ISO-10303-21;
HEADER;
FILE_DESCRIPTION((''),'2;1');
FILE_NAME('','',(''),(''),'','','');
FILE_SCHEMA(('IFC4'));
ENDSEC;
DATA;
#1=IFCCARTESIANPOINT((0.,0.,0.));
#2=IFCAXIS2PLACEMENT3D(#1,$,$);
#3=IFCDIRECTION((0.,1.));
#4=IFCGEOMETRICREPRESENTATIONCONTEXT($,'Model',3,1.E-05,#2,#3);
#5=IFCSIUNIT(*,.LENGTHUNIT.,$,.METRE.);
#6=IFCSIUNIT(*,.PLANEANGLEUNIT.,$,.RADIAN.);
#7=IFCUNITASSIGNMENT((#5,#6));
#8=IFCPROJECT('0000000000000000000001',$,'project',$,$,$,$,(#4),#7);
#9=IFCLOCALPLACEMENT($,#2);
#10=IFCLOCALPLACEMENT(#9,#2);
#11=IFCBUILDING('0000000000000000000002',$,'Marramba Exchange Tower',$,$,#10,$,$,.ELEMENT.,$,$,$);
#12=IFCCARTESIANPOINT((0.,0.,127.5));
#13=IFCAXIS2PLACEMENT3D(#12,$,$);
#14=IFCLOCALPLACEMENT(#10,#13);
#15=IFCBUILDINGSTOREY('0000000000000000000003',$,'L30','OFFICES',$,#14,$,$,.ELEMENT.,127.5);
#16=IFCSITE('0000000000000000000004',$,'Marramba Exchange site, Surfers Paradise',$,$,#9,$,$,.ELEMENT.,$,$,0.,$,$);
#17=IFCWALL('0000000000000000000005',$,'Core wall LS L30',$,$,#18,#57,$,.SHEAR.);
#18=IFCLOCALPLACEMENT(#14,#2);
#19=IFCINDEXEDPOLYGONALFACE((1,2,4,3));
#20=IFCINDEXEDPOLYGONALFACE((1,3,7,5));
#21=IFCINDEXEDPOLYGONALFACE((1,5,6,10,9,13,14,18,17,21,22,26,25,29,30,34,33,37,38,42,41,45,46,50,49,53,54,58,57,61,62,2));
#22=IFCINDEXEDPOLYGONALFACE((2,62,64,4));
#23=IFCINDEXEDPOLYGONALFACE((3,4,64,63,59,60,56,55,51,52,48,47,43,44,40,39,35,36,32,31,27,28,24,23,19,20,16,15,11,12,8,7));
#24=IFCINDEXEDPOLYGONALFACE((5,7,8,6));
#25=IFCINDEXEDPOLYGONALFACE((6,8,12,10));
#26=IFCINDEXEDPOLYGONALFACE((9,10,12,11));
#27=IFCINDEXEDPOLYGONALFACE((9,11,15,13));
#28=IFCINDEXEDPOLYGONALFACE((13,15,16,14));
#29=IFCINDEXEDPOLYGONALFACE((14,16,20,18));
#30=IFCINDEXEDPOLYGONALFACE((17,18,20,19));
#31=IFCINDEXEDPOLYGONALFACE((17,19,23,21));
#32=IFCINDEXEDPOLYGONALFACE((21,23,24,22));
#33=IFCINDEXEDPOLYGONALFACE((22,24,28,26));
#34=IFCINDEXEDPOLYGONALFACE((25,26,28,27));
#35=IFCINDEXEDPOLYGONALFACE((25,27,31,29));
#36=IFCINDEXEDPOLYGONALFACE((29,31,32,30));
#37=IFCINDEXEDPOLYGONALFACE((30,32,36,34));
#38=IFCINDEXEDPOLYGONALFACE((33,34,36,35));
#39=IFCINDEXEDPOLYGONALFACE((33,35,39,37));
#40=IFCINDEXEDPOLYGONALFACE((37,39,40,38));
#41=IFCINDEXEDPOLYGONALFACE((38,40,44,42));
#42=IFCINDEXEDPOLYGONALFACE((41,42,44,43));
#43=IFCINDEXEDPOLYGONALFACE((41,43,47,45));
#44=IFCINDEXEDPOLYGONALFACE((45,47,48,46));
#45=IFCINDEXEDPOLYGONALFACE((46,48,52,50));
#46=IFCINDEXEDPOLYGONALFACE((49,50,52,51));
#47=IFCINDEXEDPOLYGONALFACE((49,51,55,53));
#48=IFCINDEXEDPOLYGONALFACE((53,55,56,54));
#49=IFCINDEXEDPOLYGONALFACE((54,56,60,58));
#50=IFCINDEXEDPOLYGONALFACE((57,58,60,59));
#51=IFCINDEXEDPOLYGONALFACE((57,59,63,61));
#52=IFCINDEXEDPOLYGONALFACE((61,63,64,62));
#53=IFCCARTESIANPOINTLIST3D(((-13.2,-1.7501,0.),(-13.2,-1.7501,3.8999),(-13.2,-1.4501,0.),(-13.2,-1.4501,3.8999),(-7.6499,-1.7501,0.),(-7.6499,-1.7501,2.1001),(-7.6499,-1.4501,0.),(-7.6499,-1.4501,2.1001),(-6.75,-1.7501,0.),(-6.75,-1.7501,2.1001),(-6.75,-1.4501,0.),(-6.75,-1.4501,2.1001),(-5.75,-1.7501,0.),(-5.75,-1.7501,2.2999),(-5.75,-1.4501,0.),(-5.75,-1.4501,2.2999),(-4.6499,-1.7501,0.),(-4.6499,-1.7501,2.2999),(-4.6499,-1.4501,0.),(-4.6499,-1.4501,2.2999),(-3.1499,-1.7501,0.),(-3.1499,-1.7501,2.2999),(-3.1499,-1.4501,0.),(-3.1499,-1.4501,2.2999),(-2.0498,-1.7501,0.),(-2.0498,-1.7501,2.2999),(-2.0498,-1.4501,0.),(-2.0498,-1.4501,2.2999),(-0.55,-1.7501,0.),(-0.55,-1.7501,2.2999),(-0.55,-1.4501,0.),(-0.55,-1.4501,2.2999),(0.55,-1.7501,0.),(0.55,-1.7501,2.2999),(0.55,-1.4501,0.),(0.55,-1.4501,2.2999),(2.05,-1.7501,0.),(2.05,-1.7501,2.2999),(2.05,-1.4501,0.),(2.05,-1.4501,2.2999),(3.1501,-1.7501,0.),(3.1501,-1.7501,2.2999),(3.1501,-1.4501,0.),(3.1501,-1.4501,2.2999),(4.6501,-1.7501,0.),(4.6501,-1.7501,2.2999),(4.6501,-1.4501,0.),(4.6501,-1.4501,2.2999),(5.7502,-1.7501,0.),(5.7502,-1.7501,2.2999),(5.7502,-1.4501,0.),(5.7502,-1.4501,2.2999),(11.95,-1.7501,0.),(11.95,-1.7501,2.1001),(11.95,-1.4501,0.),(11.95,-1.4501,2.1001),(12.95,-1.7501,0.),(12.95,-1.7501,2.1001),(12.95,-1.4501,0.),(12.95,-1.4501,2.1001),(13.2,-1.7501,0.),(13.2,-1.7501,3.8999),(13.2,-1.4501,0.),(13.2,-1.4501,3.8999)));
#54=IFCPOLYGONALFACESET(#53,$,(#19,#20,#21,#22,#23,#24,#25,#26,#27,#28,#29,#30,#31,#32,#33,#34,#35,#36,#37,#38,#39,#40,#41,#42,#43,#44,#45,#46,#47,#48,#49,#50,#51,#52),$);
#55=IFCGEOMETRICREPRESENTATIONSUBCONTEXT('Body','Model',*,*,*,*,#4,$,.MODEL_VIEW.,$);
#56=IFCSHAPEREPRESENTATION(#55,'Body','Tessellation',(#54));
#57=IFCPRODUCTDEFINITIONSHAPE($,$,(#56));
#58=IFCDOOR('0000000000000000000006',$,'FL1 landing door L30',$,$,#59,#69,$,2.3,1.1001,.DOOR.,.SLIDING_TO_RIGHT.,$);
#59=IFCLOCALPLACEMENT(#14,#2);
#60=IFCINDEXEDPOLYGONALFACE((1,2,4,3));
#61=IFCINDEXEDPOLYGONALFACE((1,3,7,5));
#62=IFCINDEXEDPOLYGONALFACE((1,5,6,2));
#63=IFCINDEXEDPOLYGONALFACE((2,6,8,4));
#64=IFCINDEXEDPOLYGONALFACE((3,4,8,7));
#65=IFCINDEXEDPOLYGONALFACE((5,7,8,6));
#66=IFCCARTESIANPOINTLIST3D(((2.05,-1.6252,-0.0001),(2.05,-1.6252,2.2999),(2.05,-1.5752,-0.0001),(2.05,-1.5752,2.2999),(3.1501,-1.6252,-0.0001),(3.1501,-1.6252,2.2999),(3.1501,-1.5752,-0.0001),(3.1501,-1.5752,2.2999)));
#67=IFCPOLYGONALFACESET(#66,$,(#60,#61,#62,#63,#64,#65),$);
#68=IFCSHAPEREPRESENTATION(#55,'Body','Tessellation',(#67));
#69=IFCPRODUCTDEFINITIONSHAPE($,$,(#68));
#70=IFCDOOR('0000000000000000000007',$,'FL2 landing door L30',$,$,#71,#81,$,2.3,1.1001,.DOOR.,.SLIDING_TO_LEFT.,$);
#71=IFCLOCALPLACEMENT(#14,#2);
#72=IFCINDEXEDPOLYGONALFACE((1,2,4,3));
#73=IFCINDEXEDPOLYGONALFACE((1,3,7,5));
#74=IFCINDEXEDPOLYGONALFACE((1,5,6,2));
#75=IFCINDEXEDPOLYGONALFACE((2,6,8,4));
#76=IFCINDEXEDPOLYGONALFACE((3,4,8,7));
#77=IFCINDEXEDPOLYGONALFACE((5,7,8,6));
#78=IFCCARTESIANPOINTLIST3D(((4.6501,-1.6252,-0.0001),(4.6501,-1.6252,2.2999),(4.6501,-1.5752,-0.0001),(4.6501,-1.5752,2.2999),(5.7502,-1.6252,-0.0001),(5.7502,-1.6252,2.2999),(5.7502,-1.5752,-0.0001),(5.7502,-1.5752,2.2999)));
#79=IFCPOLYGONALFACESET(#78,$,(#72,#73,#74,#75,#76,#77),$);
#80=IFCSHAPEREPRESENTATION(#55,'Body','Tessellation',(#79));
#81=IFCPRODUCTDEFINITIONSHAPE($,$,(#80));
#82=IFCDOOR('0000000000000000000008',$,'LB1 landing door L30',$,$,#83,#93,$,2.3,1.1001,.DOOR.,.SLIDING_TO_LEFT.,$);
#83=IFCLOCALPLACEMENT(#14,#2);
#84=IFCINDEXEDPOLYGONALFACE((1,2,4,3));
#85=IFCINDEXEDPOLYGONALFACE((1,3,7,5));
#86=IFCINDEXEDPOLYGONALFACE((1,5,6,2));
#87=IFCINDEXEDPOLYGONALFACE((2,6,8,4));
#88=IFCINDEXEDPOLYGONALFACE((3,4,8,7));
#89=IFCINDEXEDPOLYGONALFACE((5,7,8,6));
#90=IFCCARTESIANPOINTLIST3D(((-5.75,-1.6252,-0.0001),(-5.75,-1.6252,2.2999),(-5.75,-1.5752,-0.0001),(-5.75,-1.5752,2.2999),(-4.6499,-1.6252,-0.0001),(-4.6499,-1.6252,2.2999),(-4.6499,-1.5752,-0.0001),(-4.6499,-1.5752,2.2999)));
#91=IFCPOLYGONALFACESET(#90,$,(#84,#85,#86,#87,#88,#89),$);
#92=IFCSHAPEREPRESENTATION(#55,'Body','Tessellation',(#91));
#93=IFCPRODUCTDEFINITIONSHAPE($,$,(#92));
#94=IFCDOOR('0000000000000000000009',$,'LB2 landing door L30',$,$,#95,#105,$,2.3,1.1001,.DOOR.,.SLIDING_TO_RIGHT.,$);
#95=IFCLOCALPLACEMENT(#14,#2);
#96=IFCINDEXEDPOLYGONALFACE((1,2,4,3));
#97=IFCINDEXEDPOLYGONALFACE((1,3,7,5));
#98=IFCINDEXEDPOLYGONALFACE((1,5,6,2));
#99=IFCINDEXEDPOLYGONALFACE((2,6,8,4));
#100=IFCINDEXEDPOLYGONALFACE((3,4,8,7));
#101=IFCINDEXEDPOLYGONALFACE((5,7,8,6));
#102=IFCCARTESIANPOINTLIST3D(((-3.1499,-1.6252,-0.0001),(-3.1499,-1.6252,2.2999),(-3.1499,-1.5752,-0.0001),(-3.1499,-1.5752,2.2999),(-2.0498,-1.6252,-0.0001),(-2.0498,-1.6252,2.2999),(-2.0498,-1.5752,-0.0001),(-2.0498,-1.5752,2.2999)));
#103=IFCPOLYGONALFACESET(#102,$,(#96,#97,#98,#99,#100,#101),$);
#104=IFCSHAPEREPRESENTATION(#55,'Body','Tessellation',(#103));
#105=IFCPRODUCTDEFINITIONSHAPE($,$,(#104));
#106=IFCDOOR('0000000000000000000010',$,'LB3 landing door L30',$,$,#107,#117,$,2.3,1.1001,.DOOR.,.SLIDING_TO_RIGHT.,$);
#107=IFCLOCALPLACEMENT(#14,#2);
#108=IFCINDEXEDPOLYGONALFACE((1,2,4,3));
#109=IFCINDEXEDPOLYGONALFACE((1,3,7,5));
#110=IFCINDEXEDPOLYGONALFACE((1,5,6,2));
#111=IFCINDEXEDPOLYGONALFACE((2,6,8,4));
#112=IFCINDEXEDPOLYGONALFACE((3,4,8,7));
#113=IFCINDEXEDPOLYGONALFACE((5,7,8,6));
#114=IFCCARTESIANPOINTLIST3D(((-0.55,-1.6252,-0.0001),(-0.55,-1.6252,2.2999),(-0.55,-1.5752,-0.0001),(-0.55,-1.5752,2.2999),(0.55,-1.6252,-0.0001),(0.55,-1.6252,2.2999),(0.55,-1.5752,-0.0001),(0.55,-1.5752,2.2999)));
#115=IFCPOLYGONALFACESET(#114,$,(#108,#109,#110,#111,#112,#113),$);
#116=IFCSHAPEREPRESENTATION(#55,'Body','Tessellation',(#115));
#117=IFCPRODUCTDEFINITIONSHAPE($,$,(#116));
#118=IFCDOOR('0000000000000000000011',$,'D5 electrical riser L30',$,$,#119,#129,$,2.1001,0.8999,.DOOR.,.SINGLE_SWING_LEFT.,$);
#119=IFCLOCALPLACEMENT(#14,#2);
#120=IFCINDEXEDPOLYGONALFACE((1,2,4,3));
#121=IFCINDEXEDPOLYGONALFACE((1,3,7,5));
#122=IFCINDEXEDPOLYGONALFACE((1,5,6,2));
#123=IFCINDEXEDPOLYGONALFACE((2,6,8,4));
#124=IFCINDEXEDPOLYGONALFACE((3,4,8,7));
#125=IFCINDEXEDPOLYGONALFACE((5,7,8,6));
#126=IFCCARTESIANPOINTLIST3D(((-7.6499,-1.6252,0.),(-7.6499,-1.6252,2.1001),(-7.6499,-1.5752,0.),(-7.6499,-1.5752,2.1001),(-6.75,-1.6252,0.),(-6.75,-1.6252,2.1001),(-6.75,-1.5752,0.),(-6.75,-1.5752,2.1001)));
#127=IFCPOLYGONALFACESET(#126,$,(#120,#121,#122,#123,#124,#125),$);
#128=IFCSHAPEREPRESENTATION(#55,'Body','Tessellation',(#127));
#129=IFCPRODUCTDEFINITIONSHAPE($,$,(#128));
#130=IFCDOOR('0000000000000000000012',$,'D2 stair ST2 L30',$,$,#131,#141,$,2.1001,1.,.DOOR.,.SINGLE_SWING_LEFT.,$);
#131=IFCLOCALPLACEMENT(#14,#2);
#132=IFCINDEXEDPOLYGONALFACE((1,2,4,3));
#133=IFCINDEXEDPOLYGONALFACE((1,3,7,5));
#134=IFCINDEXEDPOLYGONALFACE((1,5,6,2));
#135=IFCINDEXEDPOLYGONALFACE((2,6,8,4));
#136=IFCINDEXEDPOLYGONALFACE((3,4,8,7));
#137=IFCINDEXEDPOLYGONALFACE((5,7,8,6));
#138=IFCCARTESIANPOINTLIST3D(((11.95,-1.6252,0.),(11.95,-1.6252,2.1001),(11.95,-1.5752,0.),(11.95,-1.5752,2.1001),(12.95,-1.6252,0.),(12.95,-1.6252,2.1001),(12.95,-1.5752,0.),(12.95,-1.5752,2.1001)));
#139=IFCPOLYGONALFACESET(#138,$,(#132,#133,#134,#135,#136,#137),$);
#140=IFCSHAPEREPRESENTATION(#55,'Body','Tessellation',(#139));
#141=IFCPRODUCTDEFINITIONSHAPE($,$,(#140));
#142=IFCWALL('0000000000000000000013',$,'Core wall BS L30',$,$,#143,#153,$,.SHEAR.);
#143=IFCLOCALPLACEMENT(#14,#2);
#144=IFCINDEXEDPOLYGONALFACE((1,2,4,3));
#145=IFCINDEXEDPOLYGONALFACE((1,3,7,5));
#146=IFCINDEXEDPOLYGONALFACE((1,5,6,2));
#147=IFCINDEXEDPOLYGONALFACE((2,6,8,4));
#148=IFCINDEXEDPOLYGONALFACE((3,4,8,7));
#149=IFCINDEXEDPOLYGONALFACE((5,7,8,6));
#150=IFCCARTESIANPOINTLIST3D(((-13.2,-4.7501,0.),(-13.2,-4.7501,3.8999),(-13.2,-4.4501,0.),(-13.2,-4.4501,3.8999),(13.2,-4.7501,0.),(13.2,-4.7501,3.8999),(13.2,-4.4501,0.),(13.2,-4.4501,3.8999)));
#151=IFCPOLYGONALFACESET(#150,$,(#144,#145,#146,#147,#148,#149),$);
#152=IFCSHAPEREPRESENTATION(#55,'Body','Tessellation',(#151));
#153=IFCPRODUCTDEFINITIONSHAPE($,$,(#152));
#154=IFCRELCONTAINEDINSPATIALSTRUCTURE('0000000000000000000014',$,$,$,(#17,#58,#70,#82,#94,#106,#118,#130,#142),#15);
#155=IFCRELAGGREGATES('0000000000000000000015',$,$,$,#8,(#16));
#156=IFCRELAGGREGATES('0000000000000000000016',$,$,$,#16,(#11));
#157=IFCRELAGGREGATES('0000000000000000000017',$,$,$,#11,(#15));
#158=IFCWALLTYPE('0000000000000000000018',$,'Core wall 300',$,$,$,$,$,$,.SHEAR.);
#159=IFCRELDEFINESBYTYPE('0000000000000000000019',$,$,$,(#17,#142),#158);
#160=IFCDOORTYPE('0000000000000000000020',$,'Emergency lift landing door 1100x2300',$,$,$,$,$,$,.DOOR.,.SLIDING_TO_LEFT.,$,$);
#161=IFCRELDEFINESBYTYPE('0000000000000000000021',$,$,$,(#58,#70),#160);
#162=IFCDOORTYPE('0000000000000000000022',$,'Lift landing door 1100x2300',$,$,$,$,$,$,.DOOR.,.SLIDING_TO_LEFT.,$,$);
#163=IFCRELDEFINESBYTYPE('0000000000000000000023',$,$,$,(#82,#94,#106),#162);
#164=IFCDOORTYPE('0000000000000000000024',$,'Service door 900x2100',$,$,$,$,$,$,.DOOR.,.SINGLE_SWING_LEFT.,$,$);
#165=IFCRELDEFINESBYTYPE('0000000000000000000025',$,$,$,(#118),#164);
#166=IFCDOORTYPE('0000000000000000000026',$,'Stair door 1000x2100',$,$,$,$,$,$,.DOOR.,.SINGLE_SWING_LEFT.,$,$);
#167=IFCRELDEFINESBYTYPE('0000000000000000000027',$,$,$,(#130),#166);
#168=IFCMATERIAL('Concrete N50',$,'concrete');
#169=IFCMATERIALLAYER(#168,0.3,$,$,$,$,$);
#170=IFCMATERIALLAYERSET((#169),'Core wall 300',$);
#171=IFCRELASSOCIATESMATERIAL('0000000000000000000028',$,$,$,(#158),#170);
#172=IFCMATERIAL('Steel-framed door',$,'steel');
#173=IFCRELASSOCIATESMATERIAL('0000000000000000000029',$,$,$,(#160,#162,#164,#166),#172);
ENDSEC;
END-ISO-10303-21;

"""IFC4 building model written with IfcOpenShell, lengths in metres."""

from ifc_helpers import new_model, si_unit, direction, frame, frame_2d, origin, place, context, subcontext, project, spatial, rectangle, extrude, material, layer, layer_set, type_object, element, fill, save


model = new_model("IFC4")

# Units and contexts
model_context = context("Model", 3, precision=1e-05, world=origin(), true_north=direction((0.0, 1.0)))
body_context = subcontext(model_context, "Body", "Model", "MODEL_VIEW")
ifc_project = project(units=[si_unit("LENGTHUNIT", "METRE"), si_unit("PLANEANGLEUNIT", "RADIAN")], contexts=[model_context])

# Site, building, storey
site_placement = place(None, origin())
site = spatial("IfcSite", under=ifc_project, at=site_placement, Name="Marramba Exchange site, Surfers Paradise", CompositionType="ELEMENT", RefElevation=0.0)
building_placement = place(site_placement, origin())
building = spatial("IfcBuilding", under=site, at=building_placement, Name="Marramba Exchange Tower", CompositionType="ELEMENT")
storey_placement = place(building_placement, frame((0.0, 0.0, 127.5)))
storey = spatial("IfcBuildingStorey", under=building, at=storey_placement, Name="L30", Description="OFFICES", CompositionType="ELEMENT", Elevation=127.5)

# Shared definitions
ifc_material_1 = material(Name="Concrete N50", Category="concrete")

# Wall, openings, doors
ifc_layer_1 = layer(ifc_material_1, 0.3)
ifc_layer_set_1 = layer_set([ifc_layer_1], Name="Core wall 300")
wall_type_1 = type_object("IfcWallType", Name="Core wall 300", PredefinedType="SHEAR", material=ifc_layer_set_1)
wall_1_placement = place(storey_placement, frame((-13.2, -1.6001, 0.0), z_axis=(0.0, 0.0, 1.0), x_axis=(1.0, 0.0, 0.0)))
wall_1 = element("IfcWall", 1, at=wall_1_placement, inside=storey, type_object=wall_type_1, Name="Core wall LS L30", PredefinedType="SHEAR", context=body_context, shape_type="SweptSolid", body=[
    extrude(rectangle(XDim=26.3999, YDim=0.3, at=frame_2d((13.2, 0.0))), origin(), (0.0, 0.0, 1.0), 3.8999),
])
opening_1_placement = place(wall_1_placement, frame((25.1499, 0.0, 0.0)))
opening_1 = element("IfcOpeningElement", 2, at=opening_1_placement, cuts=wall_1, PredefinedType="OPENING", context=body_context, shape_type="SweptSolid", body=[
    extrude(rectangle(XDim=1.0, YDim=2.1001, at=frame_2d((0.5, 1.05))), frame((0.0, 0.1599, 0.0), z_axis=(0.0, -1.0, 0.0), x_axis=(1.0, 0.0, 0.0)), (0.0, 0.0, 1.0), 0.3201),
])
opening_2_placement = place(wall_1_placement, frame((7.45, 0.0, 0.0)))
opening_2 = element("IfcOpeningElement", 3, at=opening_2_placement, cuts=wall_1, PredefinedType="OPENING", context=body_context, shape_type="SweptSolid", body=[
    extrude(rectangle(XDim=1.1001, YDim=2.3, at=frame_2d((0.55, 1.1499))), frame((0.0, 0.1599, 0.0), z_axis=(0.0, -1.0, 0.0), x_axis=(1.0, 0.0, 0.0)), (0.0, 0.0, 1.0), 0.3201),
])
opening_3_placement = place(wall_1_placement, frame((10.05, 0.0, 0.0)))
opening_3 = element("IfcOpeningElement", 4, at=opening_3_placement, cuts=wall_1, PredefinedType="OPENING", context=body_context, shape_type="SweptSolid", body=[
    extrude(rectangle(XDim=1.1001, YDim=2.3, at=frame_2d((0.55, 1.1499))), frame((0.0, 0.1599, 0.0), z_axis=(0.0, -1.0, 0.0), x_axis=(1.0, 0.0, 0.0)), (0.0, 0.0, 1.0), 0.3201),
])
opening_4_placement = place(wall_1_placement, frame((12.6499, 0.0, 0.0)))
opening_4 = element("IfcOpeningElement", 5, at=opening_4_placement, cuts=wall_1, PredefinedType="OPENING", context=body_context, shape_type="SweptSolid", body=[
    extrude(rectangle(XDim=1.1001, YDim=2.3, at=frame_2d((0.55, 1.1499))), frame((0.0, 0.1599, 0.0), z_axis=(0.0, -1.0, 0.0), x_axis=(1.0, 0.0, 0.0)), (0.0, 0.0, 1.0), 0.3201),
])
opening_5_placement = place(wall_1_placement, frame((15.25, 0.0, 0.0)))
opening_5 = element("IfcOpeningElement", 6, at=opening_5_placement, cuts=wall_1, PredefinedType="OPENING", context=body_context, shape_type="SweptSolid", body=[
    extrude(rectangle(XDim=1.1001, YDim=2.3, at=frame_2d((0.55, 1.1499))), frame((0.0, 0.1599, 0.0), z_axis=(0.0, -1.0, 0.0), x_axis=(1.0, 0.0, 0.0)), (0.0, 0.0, 1.0), 0.3201),
])
opening_6_placement = place(wall_1_placement, frame((17.8501, 0.0, 0.0)))
opening_6 = element("IfcOpeningElement", 7, at=opening_6_placement, cuts=wall_1, PredefinedType="OPENING", context=body_context, shape_type="SweptSolid", body=[
    extrude(rectangle(XDim=1.1001, YDim=2.3, at=frame_2d((0.55, 1.1499))), frame((0.0, 0.1599, 0.0), z_axis=(0.0, -1.0, 0.0), x_axis=(1.0, 0.0, 0.0)), (0.0, 0.0, 1.0), 0.3201),
])
opening_7_placement = place(wall_1_placement, frame((5.55, 0.0, 0.0)))
opening_7 = element("IfcOpeningElement", 8, at=opening_7_placement, cuts=wall_1, PredefinedType="OPENING", context=body_context, shape_type="SweptSolid", body=[
    extrude(rectangle(XDim=0.8999, YDim=2.1001, at=frame_2d((0.45, 1.05))), frame((0.0, 0.1599, 0.0), z_axis=(0.0, -1.0, 0.0), x_axis=(1.0, 0.0, 0.0)), (0.0, 0.0, 1.0), 0.3201),
])
ifc_material_2 = material(Name="Steel-framed door", Category="steel")
door_type_1 = type_object("IfcDoorType", Name="Emergency lift landing door 1100x2300", OperationType="SLIDING_TO_LEFT", PredefinedType="DOOR", material=ifc_material_2)
door_1_placement = place(opening_5_placement, frame((1.1001, 0.0, 0.0), z_axis=(0.0, 0.0, 1.0), x_axis=(-1.0, 0.0, 0.0)))
door_1 = element("IfcDoor", 9, at=door_1_placement, inside=storey, type_object=door_type_1, Name="FL1 landing door L30", OperationType="SLIDING_TO_RIGHT", OverallHeight=2.3, OverallWidth=1.1001, PredefinedType="DOOR", context=body_context, shape_type="SweptSolid", body=[
    extrude(rectangle(XDim=1.1001, YDim=2.3, at=frame_2d((0.55, 1.1499))), frame((0.0, 0.0251, 0.0), z_axis=(0.0, -1.0, 0.0), x_axis=(1.0, 0.0, 0.0)), (0.0, 0.0, 1.0), 0.05),
])
fill(opening_5, door_1)
door_2_placement = place(opening_6_placement, frame((1.1001, 0.0, 0.0), z_axis=(0.0, 0.0, 1.0), x_axis=(-1.0, 0.0, 0.0)))
door_2 = element("IfcDoor", 10, at=door_2_placement, inside=storey, type_object=door_type_1, Name="FL2 landing door L30", OperationType="SLIDING_TO_LEFT", OverallHeight=2.3, OverallWidth=1.1001, PredefinedType="DOOR", context=body_context, shape_type="SweptSolid", body=[
    extrude(rectangle(XDim=1.1001, YDim=2.3, at=frame_2d((0.55, 1.1499))), frame((0.0, 0.0251, 0.0), z_axis=(0.0, -1.0, 0.0), x_axis=(1.0, 0.0, 0.0)), (0.0, 0.0, 1.0), 0.05),
])
fill(opening_6, door_2)
door_type_2 = type_object("IfcDoorType", Name="Lift landing door 1100x2300", OperationType="SLIDING_TO_LEFT", PredefinedType="DOOR", material=ifc_material_2)
door_3_placement = place(opening_2_placement, frame((1.1001, 0.0, 0.0), z_axis=(0.0, 0.0, 1.0), x_axis=(-1.0, 0.0, 0.0)))
door_3 = element("IfcDoor", 11, at=door_3_placement, inside=storey, type_object=door_type_2, Name="LB1 landing door L30", OperationType="SLIDING_TO_LEFT", OverallHeight=2.3, OverallWidth=1.1001, PredefinedType="DOOR", context=body_context, shape_type="SweptSolid", body=[
    extrude(rectangle(XDim=1.1001, YDim=2.3, at=frame_2d((0.55, 1.1499))), frame((0.0, 0.0251, 0.0), z_axis=(0.0, -1.0, 0.0), x_axis=(1.0, 0.0, 0.0)), (0.0, 0.0, 1.0), 0.05),
])
fill(opening_2, door_3)
door_4_placement = place(opening_3_placement, frame((1.1001, 0.0, 0.0), z_axis=(0.0, 0.0, 1.0), x_axis=(-1.0, 0.0, 0.0)))
door_4 = element("IfcDoor", 12, at=door_4_placement, inside=storey, type_object=door_type_2, Name="LB2 landing door L30", OperationType="SLIDING_TO_RIGHT", OverallHeight=2.3, OverallWidth=1.1001, PredefinedType="DOOR", context=body_context, shape_type="SweptSolid", body=[
    extrude(rectangle(XDim=1.1001, YDim=2.3, at=frame_2d((0.55, 1.1499))), frame((0.0, 0.0251, 0.0), z_axis=(0.0, -1.0, 0.0), x_axis=(1.0, 0.0, 0.0)), (0.0, 0.0, 1.0), 0.05),
])
fill(opening_3, door_4)
door_5_placement = place(opening_4_placement, frame((1.1001, 0.0, 0.0), z_axis=(0.0, 0.0, 1.0), x_axis=(-1.0, 0.0, 0.0)))
door_5 = element("IfcDoor", 13, at=door_5_placement, inside=storey, type_object=door_type_2, Name="LB3 landing door L30", OperationType="SLIDING_TO_RIGHT", OverallHeight=2.3, OverallWidth=1.1001, PredefinedType="DOOR", context=body_context, shape_type="SweptSolid", body=[
    extrude(rectangle(XDim=1.1001, YDim=2.3, at=frame_2d((0.55, 1.1499))), frame((0.0, 0.0251, 0.0), z_axis=(0.0, -1.0, 0.0), x_axis=(1.0, 0.0, 0.0)), (0.0, 0.0, 1.0), 0.05),
])
fill(opening_4, door_5)
door_type_3 = type_object("IfcDoorType", Name="Service door 900x2100", OperationType="SINGLE_SWING_LEFT", PredefinedType="DOOR", material=ifc_material_2)
door_6_placement = place(opening_7_placement, frame((0.8999, 0.0, 0.0), z_axis=(0.0, 0.0, 1.0), x_axis=(-1.0, 0.0, 0.0)))
door_6 = element("IfcDoor", 14, at=door_6_placement, inside=storey, type_object=door_type_3, Name="D5 electrical riser L30", OperationType="SINGLE_SWING_LEFT", OverallHeight=2.1001, OverallWidth=0.8999, PredefinedType="DOOR", context=body_context, shape_type="SweptSolid", body=[
    extrude(rectangle(XDim=0.8999, YDim=2.1001, at=frame_2d((0.45, 1.05))), frame((0.0, 0.0251, 0.0), z_axis=(0.0, -1.0, 0.0), x_axis=(1.0, 0.0, 0.0)), (0.0, 0.0, 1.0), 0.05),
])
fill(opening_7, door_6)
door_type_4 = type_object("IfcDoorType", Name="Stair door 1000x2100", OperationType="SINGLE_SWING_LEFT", PredefinedType="DOOR", material=ifc_material_2)
door_7_placement = place(opening_1_placement, frame((1.0, 0.0, 0.0), z_axis=(0.0, 0.0, 1.0), x_axis=(-1.0, 0.0, 0.0)))
door_7 = element("IfcDoor", 15, at=door_7_placement, inside=storey, type_object=door_type_4, Name="D2 stair ST2 L30", OperationType="SINGLE_SWING_LEFT", OverallHeight=2.1001, OverallWidth=1.0, PredefinedType="DOOR", context=body_context, shape_type="SweptSolid", body=[
    extrude(rectangle(XDim=1.0, YDim=2.1001, at=frame_2d((0.5, 1.05))), frame((0.0, 0.0251, 0.0), z_axis=(0.0, -1.0, 0.0), x_axis=(1.0, 0.0, 0.0)), (0.0, 0.0, 1.0), 0.05),
])
fill(opening_1, door_7)

# Wall
wall_2_placement = place(storey_placement, frame((-13.2, -4.6001, 0.0), z_axis=(0.0, 0.0, 1.0), x_axis=(1.0, 0.0, 0.0)))
element("IfcWall", 16, at=wall_2_placement, inside=storey, type_object=wall_type_1, Name="Core wall BS L30", PredefinedType="SHEAR", context=body_context, shape_type="SweptSolid", body=[
    extrude(rectangle(XDim=26.3999, YDim=0.3, at=frame_2d((13.2, 0.0))), origin(), (0.0, 0.0, 1.0), 3.8999),
])

save(model, "model.ifc")
